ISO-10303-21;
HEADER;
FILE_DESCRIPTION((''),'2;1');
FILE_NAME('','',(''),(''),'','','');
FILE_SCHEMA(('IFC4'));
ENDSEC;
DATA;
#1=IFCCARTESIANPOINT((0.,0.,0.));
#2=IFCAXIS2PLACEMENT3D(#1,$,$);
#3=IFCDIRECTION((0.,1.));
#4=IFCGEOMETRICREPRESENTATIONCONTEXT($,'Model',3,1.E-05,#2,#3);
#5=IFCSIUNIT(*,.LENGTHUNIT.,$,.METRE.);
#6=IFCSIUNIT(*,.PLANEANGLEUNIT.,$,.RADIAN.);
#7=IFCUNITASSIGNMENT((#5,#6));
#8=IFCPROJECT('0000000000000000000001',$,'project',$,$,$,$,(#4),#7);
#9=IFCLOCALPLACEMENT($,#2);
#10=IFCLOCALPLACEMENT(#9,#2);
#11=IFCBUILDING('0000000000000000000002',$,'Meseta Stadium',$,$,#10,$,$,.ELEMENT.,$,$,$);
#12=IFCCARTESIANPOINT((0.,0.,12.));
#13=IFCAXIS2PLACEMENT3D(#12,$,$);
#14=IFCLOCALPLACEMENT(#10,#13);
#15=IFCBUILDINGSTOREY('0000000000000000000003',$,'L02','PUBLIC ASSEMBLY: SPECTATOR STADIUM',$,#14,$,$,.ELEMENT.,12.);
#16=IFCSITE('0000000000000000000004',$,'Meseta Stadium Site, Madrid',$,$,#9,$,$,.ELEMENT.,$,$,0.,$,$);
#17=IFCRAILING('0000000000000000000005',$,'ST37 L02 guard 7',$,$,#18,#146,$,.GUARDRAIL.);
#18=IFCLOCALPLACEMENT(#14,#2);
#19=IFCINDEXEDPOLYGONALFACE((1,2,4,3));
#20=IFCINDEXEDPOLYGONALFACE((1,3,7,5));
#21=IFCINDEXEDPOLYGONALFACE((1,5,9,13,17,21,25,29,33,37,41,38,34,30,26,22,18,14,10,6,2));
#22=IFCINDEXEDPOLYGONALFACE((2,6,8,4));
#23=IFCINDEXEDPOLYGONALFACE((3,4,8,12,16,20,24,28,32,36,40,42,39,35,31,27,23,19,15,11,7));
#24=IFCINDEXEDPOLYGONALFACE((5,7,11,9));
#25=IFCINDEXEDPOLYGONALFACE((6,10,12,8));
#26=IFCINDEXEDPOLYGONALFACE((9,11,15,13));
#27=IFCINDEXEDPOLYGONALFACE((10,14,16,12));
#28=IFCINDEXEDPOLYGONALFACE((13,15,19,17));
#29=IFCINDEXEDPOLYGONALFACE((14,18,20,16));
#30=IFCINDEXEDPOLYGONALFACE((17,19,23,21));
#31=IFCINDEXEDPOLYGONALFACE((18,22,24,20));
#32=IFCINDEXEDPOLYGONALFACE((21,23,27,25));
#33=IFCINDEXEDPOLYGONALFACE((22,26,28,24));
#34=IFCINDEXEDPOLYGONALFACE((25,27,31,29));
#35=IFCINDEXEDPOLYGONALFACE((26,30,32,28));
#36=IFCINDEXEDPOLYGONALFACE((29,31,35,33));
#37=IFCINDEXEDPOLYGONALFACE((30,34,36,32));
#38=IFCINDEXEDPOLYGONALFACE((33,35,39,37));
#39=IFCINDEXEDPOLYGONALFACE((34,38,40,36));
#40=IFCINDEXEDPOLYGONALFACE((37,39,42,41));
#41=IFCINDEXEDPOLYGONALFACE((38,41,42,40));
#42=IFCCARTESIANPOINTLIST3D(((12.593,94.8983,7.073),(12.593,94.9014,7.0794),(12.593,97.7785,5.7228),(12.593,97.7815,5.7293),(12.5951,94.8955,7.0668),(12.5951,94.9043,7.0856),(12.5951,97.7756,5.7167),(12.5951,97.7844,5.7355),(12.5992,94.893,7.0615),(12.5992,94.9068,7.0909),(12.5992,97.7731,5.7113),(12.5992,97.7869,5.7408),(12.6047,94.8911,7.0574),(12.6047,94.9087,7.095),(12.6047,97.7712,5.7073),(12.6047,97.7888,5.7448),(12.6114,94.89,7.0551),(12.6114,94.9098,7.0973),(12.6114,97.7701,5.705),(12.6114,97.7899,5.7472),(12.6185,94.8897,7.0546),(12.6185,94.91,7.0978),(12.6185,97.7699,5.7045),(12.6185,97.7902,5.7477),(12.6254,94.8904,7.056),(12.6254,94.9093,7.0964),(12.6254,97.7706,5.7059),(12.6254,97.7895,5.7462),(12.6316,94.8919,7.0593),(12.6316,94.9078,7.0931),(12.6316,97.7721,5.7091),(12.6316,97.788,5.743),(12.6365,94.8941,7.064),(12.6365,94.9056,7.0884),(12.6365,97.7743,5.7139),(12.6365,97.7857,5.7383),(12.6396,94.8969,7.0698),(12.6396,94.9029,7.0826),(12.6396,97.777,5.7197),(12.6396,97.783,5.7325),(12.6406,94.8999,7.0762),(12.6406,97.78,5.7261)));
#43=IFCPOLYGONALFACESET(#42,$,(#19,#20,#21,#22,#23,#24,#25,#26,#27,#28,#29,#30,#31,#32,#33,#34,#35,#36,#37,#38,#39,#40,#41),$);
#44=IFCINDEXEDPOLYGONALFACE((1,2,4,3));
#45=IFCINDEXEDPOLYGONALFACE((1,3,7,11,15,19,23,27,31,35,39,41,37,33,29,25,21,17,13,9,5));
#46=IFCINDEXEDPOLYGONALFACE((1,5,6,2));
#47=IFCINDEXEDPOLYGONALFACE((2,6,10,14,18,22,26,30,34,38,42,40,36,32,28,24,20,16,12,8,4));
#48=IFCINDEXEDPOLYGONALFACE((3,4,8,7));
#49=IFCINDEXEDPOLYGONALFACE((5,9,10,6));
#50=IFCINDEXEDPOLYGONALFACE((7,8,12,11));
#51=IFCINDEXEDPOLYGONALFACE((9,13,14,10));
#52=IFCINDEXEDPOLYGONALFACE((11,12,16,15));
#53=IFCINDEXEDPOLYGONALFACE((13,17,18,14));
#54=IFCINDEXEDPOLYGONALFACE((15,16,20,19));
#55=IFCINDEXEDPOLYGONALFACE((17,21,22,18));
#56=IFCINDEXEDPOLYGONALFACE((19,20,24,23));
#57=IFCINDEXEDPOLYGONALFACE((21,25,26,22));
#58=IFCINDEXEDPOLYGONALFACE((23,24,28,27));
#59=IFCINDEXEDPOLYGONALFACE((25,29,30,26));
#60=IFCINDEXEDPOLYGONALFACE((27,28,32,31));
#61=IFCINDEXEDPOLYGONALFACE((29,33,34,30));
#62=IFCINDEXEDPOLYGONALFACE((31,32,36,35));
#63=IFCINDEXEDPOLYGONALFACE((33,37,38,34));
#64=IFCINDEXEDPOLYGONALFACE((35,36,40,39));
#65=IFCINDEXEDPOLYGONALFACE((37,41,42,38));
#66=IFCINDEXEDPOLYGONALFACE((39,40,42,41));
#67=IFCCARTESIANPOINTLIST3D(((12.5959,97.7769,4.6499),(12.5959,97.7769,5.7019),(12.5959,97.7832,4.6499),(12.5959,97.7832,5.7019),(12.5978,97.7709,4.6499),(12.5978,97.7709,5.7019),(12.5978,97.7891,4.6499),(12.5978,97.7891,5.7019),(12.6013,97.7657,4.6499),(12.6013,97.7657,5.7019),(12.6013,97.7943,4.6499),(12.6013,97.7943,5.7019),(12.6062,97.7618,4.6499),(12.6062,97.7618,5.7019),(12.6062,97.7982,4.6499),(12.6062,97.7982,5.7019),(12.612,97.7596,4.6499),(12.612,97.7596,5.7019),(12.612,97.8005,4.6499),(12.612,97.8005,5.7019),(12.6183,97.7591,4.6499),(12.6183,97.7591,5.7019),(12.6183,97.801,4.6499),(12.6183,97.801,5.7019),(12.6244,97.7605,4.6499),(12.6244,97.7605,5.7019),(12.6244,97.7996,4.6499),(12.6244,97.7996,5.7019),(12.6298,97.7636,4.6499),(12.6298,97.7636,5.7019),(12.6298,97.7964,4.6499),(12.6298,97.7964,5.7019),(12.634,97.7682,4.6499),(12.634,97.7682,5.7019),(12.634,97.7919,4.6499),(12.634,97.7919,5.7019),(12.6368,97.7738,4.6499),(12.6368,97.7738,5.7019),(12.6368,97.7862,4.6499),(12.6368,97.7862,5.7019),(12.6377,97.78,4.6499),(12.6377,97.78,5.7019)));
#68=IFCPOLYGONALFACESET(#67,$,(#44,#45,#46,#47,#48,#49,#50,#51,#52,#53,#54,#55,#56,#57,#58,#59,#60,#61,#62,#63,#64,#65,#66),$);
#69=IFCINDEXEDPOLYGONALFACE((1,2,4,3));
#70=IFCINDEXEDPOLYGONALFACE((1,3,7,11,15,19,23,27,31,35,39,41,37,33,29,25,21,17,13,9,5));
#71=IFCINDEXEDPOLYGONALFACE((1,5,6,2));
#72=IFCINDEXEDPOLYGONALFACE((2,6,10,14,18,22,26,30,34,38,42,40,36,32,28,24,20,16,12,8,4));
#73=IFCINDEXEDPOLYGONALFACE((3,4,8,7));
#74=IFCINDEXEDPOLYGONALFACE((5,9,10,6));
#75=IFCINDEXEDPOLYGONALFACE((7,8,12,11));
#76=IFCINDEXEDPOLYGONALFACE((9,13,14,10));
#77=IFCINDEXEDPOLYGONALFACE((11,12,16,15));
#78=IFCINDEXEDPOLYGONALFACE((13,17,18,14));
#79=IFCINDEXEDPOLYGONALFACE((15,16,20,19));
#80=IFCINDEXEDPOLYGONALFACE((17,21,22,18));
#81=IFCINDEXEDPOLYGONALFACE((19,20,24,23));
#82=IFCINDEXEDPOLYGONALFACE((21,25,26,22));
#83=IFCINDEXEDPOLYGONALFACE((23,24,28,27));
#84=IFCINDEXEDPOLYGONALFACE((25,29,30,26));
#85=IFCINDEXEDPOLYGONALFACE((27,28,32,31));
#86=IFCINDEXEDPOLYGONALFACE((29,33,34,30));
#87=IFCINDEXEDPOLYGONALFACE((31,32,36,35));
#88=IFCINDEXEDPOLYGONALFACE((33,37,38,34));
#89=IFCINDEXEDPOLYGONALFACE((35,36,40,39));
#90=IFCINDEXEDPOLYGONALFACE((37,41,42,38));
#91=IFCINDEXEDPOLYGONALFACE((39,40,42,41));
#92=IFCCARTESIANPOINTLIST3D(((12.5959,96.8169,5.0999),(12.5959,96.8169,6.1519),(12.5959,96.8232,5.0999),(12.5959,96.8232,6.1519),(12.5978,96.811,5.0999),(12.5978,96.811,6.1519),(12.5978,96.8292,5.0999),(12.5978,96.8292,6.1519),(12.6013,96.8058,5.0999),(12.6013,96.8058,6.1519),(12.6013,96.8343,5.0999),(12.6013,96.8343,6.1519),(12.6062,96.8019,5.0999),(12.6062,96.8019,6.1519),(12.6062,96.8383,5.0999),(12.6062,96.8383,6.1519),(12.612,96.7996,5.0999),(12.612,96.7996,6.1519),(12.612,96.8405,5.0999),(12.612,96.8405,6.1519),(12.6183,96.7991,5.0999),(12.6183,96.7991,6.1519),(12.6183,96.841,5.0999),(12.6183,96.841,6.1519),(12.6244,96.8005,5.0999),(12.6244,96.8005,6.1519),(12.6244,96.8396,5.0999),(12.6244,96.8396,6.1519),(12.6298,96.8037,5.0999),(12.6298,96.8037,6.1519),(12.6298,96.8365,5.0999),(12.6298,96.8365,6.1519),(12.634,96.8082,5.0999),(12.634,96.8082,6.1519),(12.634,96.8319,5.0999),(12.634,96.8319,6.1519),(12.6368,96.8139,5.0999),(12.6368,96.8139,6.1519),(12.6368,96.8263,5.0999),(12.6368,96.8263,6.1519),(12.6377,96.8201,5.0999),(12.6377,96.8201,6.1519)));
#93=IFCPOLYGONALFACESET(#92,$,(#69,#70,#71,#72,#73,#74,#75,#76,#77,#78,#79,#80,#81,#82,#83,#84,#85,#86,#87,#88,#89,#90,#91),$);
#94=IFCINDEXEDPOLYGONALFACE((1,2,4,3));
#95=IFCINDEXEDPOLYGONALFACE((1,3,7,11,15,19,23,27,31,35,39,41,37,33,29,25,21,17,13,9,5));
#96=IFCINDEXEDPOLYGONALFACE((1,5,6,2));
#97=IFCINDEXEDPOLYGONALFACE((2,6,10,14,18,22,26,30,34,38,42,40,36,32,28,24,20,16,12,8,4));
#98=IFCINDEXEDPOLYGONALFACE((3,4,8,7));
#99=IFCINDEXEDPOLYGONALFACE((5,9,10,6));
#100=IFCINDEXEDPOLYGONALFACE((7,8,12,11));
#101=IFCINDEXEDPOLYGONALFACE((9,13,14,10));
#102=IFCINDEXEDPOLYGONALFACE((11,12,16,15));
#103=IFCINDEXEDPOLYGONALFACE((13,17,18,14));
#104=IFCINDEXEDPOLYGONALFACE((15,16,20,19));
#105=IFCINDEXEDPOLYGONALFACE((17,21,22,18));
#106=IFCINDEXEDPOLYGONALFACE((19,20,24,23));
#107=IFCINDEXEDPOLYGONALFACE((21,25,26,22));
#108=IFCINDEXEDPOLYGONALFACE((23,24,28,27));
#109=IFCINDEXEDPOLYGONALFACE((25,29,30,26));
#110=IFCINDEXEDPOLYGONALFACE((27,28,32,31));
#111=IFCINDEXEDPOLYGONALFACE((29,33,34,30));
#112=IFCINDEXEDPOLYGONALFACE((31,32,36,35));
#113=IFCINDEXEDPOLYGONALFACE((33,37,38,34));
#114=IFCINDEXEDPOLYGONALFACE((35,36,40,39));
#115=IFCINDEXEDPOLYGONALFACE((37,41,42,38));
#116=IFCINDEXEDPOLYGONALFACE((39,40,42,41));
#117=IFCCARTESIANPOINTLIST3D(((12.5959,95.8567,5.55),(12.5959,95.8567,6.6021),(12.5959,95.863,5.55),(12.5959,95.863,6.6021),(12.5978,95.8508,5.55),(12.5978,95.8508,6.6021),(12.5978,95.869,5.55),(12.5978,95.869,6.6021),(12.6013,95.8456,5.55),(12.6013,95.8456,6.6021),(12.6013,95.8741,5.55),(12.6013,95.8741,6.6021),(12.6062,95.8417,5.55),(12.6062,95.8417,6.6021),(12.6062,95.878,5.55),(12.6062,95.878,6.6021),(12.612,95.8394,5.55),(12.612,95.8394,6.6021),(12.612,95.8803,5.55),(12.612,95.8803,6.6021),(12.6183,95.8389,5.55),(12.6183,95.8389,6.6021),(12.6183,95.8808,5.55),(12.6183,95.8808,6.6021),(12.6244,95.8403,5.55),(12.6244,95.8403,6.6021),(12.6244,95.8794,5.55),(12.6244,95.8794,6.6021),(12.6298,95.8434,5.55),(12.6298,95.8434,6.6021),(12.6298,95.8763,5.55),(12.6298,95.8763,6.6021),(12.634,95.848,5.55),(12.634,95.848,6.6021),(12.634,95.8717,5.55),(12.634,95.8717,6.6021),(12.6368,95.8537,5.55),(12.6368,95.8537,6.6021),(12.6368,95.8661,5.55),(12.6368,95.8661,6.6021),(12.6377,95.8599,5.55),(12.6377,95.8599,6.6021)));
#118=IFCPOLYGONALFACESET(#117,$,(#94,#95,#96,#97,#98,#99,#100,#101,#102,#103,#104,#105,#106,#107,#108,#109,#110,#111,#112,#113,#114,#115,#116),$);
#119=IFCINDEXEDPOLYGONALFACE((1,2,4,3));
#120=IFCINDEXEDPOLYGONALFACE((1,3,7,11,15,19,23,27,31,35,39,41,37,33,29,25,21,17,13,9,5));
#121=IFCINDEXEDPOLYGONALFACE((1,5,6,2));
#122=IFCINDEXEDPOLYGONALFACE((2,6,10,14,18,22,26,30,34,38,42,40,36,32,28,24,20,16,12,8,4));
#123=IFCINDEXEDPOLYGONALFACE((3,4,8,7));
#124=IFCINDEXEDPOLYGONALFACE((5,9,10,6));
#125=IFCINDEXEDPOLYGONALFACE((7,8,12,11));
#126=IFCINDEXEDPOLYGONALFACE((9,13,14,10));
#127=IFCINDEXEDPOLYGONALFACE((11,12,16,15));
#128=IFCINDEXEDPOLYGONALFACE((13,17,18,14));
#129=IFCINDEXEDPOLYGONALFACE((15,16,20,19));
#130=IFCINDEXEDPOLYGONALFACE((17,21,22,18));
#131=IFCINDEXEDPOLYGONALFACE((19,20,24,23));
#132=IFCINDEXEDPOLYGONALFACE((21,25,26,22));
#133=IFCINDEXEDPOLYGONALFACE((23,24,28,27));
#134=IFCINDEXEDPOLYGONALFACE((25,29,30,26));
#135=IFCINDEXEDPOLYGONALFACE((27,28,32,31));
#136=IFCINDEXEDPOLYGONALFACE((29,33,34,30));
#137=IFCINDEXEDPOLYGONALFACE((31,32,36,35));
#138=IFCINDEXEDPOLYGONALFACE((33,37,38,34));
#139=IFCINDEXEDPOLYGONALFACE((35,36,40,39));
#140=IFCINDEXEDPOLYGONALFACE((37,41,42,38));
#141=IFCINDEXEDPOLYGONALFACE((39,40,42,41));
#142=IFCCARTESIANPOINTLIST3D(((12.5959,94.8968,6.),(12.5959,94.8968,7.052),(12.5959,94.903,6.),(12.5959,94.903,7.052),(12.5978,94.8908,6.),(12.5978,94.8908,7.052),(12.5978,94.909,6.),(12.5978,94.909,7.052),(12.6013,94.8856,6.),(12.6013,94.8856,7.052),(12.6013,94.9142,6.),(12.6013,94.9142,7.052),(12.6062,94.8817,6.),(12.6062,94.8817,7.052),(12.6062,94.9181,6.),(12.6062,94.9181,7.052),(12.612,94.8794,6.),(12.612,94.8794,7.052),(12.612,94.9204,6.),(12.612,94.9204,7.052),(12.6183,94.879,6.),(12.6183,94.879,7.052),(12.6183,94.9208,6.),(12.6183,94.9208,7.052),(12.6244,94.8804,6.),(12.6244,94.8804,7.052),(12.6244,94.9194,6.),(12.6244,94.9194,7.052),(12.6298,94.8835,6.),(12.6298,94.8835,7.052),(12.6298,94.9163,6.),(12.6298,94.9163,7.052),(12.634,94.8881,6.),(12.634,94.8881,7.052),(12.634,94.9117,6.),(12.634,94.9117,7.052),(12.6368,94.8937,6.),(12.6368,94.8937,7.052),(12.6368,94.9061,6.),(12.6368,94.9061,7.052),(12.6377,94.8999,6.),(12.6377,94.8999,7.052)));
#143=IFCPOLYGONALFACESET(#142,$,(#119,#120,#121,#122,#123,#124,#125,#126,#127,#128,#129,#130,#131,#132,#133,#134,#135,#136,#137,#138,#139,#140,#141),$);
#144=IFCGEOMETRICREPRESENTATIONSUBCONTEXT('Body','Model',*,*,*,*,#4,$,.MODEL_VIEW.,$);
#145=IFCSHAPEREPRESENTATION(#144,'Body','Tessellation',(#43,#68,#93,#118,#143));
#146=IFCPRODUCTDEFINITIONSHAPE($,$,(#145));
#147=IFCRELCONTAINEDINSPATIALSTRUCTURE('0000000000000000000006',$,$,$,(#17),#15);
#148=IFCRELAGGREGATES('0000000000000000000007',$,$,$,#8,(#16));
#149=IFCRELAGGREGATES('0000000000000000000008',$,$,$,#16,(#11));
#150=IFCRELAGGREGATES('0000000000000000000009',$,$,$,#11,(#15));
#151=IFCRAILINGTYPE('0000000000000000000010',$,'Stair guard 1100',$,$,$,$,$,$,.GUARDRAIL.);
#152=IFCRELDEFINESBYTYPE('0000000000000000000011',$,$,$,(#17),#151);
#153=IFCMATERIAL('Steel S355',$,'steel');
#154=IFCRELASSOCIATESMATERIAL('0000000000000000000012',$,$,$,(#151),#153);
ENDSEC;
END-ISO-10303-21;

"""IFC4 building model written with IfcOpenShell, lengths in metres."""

from ifc_helpers import new_model, si_unit, direction, frame, origin, origin_2d, place, context, subcontext, project, spatial, circle, extrude, material, type_object, element, save


model = new_model("IFC4")

# Units and contexts
model_context = context("Model", 3, precision=1e-05, world=origin(), true_north=direction((0.0, 1.0)))
body_context = subcontext(model_context, "Body", "Model", "MODEL_VIEW")
ifc_project = project(units=[si_unit("LENGTHUNIT", "METRE"), si_unit("PLANEANGLEUNIT", "RADIAN")], contexts=[model_context])

# Site, building, storey
site_placement = place(None, origin())
site = spatial("IfcSite", under=ifc_project, at=site_placement, Name="Meseta Stadium Site, Madrid", CompositionType="ELEMENT", RefElevation=0.0)
building_placement = place(site_placement, origin())
building = spatial("IfcBuilding", under=site, at=building_placement, Name="Meseta Stadium", CompositionType="ELEMENT")
storey_placement = place(building_placement, frame((0.0, 0.0, 12.0)))
storey = spatial("IfcBuildingStorey", under=building, at=storey_placement, Name="L02", Description="PUBLIC ASSEMBLY: SPECTATOR STADIUM", CompositionType="ELEMENT", Elevation=12.0)

# Railing
ifc_material_1 = material(Name="Steel S355", Category="steel")
railing_type_1 = type_object("IfcRailingType", Name="Stair guard 1100", PredefinedType="GUARDRAIL", material=ifc_material_1)
railing_1_placement = place(storey_placement, frame((12.6167, 97.78, 4.6499)))
element("IfcRailing", 1, at=railing_1_placement, inside=storey, type_object=railing_type_1, Name="ST37 L02 guard 7", PredefinedType="GUARDRAIL", context=body_context, shape_type="SweptSolid", body=[
    extrude(circle(Radius=0.0239, at=origin_2d()), frame((0.0, 0.0, 1.0762), z_axis=(0.0, -0.905454, 0.424444), x_axis=(1.0, 0.0, 0.0)), (0.0, 0.0, 1.0), 3.1809),
    extrude(circle(Radius=0.021, at=origin_2d()), origin(), (0.0, 0.0, 1.0), 1.052),
    extrude(circle(Radius=0.021, at=origin_2d()), frame((0.0, -0.96, 0.45)), (0.0, 0.0, 1.0), 1.052),
    extrude(circle(Radius=0.021, at=origin_2d()), frame((0.0, -1.9202, 0.9001)), (0.0, 0.0, 1.0), 1.052),
    extrude(circle(Radius=0.021, at=origin_2d()), frame((0.0, -2.8801, 1.3501)), (0.0, 0.0, 1.0), 1.052),
])

save(model, "model.ifc")
